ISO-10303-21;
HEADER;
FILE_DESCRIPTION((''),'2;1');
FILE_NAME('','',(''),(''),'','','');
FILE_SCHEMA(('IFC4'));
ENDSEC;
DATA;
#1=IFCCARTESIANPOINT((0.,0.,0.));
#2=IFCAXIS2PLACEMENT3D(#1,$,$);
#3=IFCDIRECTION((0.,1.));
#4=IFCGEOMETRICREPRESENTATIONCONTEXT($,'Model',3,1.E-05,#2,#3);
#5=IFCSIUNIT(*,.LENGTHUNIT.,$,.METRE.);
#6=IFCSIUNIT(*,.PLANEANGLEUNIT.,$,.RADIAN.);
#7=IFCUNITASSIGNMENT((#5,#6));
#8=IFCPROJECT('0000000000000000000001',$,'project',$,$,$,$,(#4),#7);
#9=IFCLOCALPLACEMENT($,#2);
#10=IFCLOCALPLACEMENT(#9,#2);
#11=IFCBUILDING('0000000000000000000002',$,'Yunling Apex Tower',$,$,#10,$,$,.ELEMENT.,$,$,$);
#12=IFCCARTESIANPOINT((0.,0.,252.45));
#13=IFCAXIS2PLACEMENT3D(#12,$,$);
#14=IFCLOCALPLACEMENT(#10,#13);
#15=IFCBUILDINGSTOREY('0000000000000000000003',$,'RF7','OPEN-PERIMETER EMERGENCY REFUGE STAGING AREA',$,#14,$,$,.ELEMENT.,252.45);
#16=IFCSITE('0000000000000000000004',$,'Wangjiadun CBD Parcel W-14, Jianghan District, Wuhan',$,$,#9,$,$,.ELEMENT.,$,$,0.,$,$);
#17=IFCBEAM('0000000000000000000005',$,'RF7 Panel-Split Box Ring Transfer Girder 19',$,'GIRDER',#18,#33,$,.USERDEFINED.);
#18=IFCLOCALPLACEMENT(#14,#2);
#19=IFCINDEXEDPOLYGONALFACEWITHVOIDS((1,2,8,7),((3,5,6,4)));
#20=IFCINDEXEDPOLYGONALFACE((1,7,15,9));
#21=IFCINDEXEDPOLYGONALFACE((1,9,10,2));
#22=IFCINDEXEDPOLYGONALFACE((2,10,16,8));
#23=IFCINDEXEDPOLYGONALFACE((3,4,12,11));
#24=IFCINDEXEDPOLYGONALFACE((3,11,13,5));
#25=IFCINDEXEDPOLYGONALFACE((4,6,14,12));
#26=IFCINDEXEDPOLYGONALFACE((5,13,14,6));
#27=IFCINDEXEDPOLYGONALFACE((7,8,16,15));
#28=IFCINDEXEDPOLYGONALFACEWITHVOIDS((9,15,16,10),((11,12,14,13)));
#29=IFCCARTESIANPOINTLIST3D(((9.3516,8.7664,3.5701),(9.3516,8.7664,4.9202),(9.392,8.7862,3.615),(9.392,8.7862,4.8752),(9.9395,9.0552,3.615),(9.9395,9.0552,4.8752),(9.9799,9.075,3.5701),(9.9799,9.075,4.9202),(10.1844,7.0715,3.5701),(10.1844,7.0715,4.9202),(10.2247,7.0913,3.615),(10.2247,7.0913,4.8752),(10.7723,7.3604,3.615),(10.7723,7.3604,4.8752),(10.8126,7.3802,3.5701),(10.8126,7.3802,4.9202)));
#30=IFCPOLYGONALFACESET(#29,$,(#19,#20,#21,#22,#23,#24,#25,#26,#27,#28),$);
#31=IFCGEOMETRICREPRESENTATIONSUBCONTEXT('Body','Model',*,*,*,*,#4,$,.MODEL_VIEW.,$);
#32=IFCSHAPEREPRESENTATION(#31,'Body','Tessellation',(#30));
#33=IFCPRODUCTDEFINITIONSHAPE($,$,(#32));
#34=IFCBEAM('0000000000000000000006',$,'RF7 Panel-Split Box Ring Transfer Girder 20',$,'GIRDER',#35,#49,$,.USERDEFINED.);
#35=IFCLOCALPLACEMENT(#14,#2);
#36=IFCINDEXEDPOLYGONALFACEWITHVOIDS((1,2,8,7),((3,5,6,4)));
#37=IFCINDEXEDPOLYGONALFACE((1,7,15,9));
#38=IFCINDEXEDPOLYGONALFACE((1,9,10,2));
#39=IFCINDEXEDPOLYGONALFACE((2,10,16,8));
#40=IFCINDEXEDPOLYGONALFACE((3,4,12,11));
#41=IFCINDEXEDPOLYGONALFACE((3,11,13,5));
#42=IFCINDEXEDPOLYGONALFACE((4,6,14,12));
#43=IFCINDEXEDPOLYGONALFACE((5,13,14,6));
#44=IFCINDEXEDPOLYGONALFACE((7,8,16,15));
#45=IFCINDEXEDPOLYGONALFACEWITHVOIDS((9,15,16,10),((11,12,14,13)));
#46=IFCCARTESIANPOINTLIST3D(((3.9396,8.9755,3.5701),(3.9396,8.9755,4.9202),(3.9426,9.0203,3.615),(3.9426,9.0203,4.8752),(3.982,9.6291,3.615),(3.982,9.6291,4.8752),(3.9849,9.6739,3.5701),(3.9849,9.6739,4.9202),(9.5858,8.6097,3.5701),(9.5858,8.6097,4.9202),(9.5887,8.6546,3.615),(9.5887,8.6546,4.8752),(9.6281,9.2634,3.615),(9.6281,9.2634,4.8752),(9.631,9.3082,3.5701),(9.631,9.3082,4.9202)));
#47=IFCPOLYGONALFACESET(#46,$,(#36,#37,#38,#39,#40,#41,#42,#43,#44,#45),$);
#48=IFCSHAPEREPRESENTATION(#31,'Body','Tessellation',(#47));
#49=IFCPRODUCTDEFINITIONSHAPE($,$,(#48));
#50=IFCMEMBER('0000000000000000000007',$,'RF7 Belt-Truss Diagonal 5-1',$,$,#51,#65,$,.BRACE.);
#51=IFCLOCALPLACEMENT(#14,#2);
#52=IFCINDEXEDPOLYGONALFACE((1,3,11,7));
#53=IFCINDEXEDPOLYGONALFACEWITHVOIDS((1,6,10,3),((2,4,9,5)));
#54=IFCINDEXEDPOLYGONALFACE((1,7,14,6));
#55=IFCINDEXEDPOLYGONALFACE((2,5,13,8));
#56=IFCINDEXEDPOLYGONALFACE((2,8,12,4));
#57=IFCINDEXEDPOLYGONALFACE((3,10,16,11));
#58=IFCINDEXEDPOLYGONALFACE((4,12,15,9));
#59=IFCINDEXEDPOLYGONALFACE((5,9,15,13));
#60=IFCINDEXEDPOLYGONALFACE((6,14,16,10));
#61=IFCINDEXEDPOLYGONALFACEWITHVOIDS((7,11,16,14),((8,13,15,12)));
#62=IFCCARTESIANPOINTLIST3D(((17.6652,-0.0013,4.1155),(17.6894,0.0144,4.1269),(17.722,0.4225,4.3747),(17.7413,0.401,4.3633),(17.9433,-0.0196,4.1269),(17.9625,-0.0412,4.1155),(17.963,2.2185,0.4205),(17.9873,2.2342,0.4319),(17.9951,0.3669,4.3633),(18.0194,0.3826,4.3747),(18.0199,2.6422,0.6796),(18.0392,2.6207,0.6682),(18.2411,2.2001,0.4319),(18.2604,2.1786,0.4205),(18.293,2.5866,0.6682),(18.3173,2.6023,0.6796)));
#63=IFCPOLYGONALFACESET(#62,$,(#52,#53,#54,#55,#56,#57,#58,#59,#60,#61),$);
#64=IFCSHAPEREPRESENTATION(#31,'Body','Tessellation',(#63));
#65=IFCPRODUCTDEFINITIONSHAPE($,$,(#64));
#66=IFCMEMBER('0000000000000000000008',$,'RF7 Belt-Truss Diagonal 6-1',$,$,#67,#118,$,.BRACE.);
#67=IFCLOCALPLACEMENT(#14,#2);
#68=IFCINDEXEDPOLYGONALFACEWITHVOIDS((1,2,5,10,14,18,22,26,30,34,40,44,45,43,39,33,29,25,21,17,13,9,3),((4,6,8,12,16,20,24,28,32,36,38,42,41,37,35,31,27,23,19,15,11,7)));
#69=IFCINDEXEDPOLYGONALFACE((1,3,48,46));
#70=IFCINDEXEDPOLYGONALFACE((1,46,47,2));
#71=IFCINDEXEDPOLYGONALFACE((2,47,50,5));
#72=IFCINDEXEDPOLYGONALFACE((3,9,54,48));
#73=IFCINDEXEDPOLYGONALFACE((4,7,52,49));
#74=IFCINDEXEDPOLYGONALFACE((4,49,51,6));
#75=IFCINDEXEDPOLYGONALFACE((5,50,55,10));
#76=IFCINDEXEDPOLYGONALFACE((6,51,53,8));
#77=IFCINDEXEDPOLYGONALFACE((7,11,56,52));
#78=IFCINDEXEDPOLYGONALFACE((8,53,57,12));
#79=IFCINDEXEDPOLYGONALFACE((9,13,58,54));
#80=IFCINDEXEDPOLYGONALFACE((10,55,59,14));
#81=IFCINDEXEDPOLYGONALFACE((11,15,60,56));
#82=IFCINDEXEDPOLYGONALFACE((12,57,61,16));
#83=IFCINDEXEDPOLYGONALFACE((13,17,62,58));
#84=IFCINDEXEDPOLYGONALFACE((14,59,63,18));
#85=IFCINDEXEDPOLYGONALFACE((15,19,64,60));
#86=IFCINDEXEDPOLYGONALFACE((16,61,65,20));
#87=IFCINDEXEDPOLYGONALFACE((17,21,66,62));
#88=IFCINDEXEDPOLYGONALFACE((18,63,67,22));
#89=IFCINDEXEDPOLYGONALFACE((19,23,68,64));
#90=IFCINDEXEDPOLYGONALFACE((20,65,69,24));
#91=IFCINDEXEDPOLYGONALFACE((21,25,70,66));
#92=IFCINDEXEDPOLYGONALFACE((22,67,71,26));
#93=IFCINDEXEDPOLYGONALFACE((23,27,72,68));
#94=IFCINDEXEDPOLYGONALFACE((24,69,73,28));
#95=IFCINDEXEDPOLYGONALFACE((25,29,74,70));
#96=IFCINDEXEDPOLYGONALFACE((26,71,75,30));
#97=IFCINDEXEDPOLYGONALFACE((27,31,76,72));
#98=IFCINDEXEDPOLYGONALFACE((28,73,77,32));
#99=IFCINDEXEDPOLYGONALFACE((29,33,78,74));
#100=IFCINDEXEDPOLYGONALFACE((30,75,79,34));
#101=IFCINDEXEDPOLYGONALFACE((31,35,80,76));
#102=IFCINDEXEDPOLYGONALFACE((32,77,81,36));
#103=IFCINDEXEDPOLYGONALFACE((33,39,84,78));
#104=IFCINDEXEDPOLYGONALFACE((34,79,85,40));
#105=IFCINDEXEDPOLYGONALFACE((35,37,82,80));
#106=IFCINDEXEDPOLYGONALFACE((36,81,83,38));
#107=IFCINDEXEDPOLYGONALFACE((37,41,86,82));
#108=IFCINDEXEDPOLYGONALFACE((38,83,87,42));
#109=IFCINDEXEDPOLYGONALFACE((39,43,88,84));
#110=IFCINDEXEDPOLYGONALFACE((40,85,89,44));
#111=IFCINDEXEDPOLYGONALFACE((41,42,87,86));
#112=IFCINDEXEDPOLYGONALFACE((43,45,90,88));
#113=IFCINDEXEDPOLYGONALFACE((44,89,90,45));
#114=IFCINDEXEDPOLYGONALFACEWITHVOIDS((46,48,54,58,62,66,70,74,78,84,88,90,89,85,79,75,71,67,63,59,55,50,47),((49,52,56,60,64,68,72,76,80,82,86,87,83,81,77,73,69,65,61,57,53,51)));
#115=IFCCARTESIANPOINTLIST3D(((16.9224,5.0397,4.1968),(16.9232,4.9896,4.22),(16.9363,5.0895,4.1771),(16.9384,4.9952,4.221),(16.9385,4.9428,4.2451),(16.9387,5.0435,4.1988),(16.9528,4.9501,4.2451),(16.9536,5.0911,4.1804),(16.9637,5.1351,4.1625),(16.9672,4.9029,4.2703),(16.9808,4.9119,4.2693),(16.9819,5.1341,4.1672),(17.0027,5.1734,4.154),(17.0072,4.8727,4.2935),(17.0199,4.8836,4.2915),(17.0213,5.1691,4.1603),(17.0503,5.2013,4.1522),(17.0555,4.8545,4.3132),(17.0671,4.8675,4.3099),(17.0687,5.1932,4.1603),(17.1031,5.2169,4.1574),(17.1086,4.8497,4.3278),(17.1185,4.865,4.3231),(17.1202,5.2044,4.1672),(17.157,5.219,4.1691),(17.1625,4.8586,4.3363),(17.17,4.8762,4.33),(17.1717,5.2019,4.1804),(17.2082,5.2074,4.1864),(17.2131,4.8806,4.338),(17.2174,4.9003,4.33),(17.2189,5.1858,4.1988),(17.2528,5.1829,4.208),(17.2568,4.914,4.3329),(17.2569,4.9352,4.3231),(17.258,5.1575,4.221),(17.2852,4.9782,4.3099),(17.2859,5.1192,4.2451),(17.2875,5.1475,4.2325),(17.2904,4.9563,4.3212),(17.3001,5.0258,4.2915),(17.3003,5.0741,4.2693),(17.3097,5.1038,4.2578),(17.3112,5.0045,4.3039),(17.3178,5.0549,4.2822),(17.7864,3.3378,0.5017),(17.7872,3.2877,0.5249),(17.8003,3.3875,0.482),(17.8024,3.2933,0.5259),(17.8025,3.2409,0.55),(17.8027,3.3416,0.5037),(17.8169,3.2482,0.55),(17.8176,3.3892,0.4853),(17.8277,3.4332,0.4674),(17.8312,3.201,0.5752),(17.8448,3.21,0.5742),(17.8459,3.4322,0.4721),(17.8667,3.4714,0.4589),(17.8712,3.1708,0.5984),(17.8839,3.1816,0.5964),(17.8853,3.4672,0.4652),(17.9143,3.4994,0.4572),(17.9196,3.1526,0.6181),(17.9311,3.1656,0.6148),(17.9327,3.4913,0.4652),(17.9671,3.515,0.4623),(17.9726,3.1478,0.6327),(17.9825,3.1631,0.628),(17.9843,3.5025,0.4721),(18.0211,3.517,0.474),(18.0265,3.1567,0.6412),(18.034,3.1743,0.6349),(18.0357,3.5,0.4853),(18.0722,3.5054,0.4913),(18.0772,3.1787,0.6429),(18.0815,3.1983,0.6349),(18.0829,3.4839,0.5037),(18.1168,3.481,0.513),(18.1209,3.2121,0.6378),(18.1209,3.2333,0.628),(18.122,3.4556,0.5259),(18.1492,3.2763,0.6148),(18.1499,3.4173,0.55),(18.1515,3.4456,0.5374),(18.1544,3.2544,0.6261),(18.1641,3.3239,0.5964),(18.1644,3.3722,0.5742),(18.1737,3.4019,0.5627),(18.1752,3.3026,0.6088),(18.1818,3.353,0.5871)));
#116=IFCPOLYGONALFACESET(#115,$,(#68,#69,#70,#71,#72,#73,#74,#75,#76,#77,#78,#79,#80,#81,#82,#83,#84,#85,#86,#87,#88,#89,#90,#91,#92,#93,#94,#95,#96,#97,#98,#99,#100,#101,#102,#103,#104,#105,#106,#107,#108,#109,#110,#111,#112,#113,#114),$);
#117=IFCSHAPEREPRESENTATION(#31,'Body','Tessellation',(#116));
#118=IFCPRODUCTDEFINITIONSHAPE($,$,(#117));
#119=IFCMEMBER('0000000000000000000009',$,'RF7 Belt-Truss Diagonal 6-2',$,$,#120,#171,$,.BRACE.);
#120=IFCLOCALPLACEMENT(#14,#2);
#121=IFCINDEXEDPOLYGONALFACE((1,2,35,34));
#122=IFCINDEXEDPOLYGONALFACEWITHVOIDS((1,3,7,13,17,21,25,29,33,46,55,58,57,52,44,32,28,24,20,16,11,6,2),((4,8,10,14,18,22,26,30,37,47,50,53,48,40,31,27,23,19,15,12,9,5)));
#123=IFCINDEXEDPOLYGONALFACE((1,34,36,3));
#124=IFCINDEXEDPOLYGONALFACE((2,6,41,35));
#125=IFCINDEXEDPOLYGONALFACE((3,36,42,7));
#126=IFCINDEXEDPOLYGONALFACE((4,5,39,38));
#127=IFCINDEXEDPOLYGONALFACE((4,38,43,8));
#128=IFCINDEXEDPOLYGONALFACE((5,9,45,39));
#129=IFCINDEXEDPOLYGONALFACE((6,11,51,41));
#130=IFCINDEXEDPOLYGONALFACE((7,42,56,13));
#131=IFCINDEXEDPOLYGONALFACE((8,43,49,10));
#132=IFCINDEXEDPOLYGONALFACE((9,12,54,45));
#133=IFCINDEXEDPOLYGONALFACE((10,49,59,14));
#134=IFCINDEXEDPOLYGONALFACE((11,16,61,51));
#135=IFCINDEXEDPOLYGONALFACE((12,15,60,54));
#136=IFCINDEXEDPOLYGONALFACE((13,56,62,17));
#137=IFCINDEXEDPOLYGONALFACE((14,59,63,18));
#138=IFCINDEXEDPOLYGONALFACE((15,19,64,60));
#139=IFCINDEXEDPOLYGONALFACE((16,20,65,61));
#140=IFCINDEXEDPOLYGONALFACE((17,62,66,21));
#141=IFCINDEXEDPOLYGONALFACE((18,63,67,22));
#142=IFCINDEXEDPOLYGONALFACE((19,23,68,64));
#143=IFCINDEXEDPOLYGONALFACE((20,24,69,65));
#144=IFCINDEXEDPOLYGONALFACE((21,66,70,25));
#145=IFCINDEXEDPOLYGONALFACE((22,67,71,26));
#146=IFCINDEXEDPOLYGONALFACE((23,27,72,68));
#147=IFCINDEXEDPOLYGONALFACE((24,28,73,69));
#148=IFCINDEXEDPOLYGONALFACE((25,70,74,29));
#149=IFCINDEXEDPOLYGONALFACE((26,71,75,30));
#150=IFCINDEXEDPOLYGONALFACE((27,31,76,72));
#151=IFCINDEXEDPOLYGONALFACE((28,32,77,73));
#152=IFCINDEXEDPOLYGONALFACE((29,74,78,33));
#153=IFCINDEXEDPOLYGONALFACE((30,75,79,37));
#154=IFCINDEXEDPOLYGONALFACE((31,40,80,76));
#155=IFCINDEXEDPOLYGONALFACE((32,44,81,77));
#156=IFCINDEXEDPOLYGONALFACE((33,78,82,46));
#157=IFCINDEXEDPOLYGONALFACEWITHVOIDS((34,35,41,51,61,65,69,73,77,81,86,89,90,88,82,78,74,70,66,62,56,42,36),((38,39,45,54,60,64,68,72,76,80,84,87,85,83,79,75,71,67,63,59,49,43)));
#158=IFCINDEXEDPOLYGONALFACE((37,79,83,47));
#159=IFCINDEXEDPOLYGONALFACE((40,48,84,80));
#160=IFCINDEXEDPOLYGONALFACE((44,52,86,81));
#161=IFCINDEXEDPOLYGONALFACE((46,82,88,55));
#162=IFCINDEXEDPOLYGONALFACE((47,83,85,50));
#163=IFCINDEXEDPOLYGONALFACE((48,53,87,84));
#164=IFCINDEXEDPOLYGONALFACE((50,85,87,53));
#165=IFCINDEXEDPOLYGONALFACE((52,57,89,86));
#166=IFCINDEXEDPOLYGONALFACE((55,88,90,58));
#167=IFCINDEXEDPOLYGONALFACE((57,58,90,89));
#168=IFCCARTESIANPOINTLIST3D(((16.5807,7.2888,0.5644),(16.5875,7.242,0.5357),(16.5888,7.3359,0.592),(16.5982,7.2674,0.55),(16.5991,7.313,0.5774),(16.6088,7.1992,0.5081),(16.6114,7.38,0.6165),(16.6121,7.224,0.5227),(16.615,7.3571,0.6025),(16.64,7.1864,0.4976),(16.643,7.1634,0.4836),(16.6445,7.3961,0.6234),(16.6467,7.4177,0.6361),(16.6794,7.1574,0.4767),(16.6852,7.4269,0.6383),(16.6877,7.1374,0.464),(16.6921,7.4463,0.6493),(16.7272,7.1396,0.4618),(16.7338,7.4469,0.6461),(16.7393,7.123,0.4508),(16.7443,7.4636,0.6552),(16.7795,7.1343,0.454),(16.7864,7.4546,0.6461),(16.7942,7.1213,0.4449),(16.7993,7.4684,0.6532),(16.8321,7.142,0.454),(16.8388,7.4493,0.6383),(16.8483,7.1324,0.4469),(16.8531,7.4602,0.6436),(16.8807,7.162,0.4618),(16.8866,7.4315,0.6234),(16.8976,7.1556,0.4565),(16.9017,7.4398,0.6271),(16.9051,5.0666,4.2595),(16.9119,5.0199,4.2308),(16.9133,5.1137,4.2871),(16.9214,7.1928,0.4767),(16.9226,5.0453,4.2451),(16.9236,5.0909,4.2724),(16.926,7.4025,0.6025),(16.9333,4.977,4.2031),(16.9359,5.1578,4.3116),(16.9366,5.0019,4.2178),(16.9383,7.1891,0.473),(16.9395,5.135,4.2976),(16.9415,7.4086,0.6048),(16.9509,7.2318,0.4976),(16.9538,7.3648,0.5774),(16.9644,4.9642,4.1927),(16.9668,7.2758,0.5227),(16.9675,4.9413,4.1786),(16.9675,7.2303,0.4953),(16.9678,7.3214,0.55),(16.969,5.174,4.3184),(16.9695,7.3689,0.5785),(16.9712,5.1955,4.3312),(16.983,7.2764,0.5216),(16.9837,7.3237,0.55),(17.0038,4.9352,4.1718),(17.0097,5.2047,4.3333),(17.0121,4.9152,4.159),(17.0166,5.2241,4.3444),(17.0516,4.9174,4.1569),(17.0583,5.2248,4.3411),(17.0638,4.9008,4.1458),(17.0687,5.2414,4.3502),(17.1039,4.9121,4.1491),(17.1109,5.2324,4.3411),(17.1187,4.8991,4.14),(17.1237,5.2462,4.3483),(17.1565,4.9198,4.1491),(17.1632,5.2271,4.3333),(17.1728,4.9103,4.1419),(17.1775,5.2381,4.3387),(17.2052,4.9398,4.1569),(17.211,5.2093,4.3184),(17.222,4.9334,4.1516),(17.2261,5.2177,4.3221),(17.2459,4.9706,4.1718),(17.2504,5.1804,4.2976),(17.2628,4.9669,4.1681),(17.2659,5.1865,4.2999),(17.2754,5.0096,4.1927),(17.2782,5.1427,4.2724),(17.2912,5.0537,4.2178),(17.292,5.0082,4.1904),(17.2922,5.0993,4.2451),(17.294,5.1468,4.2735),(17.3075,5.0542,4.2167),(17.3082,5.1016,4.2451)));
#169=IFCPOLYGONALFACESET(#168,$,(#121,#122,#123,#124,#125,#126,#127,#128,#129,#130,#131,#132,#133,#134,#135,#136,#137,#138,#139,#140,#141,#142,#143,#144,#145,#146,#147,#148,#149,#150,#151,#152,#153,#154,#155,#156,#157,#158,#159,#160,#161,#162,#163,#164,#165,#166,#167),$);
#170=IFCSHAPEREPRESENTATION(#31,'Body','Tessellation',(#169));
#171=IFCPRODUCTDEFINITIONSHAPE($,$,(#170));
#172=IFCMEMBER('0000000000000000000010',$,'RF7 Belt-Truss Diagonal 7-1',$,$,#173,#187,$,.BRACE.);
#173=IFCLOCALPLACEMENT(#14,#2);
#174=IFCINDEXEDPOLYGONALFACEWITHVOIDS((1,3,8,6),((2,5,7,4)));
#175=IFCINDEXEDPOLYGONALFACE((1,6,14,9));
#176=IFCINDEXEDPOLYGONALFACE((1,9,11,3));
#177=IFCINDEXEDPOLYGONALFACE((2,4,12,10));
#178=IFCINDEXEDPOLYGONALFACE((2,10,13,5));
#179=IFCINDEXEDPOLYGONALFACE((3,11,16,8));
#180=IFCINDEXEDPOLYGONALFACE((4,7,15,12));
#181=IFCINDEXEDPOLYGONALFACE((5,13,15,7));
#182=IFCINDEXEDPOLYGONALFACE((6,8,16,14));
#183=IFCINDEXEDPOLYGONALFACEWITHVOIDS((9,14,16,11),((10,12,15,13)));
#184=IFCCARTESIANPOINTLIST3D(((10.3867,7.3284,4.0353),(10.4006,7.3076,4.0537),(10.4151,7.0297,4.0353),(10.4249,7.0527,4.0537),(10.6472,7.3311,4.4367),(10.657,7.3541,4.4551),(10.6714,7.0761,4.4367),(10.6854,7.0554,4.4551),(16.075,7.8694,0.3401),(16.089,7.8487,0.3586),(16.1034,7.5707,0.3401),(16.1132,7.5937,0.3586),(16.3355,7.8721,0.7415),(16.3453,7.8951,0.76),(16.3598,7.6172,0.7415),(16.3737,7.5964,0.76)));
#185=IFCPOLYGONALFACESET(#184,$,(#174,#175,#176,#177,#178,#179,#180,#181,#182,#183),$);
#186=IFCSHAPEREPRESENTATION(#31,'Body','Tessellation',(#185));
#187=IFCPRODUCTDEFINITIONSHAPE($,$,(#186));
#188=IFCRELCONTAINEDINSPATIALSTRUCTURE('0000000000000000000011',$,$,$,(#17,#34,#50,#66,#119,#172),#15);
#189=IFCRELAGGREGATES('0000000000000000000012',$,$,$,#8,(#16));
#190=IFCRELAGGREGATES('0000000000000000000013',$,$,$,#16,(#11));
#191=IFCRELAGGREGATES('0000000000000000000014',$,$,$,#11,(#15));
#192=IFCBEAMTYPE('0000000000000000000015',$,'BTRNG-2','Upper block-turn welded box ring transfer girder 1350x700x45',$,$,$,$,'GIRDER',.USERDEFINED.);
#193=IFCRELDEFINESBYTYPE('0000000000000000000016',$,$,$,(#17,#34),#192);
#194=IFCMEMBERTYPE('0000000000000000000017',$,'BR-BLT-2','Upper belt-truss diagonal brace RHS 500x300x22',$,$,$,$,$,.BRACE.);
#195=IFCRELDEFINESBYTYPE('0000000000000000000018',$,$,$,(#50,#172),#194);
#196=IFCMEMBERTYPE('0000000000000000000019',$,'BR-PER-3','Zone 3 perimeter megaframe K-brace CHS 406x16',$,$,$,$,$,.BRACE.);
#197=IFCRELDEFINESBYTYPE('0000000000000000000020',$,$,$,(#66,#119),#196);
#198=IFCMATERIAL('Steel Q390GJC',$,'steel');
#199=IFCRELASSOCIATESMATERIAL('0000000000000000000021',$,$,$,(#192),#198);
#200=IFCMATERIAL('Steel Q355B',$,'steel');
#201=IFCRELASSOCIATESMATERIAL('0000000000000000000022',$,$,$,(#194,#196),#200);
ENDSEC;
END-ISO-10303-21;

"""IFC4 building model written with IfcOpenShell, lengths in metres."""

from ifc_helpers import new_model, si_unit, direction, frame, origin, origin_2d, place, context, subcontext, project, spatial, hollow_rectangle, hollow_circle, extrude, source, transform, mapped, material, material_profile, profile_set, type_object, element, save


model = new_model("IFC4")

# Units and contexts
model_context = context("Model", 3, precision=1e-05, world=origin(), true_north=direction((0.0, 1.0)))
body_context = subcontext(model_context, "Body", "Model", "MODEL_VIEW")
ifc_project = project(units=[si_unit("LENGTHUNIT", "METRE"), si_unit("PLANEANGLEUNIT", "RADIAN")], contexts=[model_context])

# Site, building, storey
site_placement = place(None, origin())
site = spatial("IfcSite", under=ifc_project, at=site_placement, Name="Wangjiadun CBD Parcel W-14, Jianghan District, Wuhan", CompositionType="ELEMENT", RefElevation=0.0)
building_placement = place(site_placement, origin())
building = spatial("IfcBuilding", under=site, at=building_placement, Name="Yunling Apex Tower", CompositionType="ELEMENT")
storey_placement = place(building_placement, frame((0.0, 0.0, 252.45)))
storey = spatial("IfcBuildingStorey", under=building, at=storey_placement, Name="RF7", Description="OPEN-PERIMETER EMERGENCY REFUGE STAGING AREA", CompositionType="ELEMENT", Elevation=252.45)

# Shared definitions
ifc_material_1 = material(Name="Steel Q390GJC", Category="steel")

# Shared definitions
ifc_material_2 = material(Name="Steel Q355B", Category="steel")

# Beams
ifc_material_profile_1 = material_profile(ifc_material_1, hollow_rectangle(XDim=0.7, YDim=1.3501, WallThickness=0.0449, at=origin_2d()))
ifc_profile_set_1 = profile_set([ifc_material_profile_1], Name="Steel Q390GJC")
beam_type = type_object("IfcBeamType", Name="BTRNG-2", Description="Upper block-turn welded box ring transfer girder 1350x700x45", ElementType="GIRDER", PredefinedType="USERDEFINED", material=ifc_profile_set_1)
shared_shape_1 = source(origin(), body_context, "Body", "SweptSolid", [
    extrude(hollow_rectangle(XDim=0.7, YDim=1.3501, WallThickness=0.0449, at=origin_2d()), origin(), (0.0, 0.0, 1.0), 1.8884),
])
beam_1_placement = place(storey_placement, frame((10.4985, 7.2258, 4.2451), z_axis=(-0.440997, 0.897509, 0.0), x_axis=(-0.897509, -0.440997, 0.0)))
element("IfcBeam", 1, at=beam_1_placement, inside=storey, type_object=beam_type, Name="RF7 Panel-Split Box Ring Transfer Girder 19", ObjectType="GIRDER", PredefinedType="USERDEFINED", context=body_context, shape_type="MappedRepresentation", body=[
    mapped(shared_shape_1, transform((0.0, 0.0, 0.0), scale=1.0)),
])
shared_shape_2 = source(origin(), body_context, "Body", "SweptSolid", [
    extrude(hollow_rectangle(XDim=0.7, YDim=1.3501, WallThickness=0.0449, at=origin_2d()), origin(), (0.0, 0.0, 1.0), 5.658),
])
beam_2_placement = place(storey_placement, frame((9.6084, 8.959, 4.2451), z_axis=(-0.997909, 0.064637, 0.0), x_axis=(-0.064637, -0.997909, 0.0)))
element("IfcBeam", 2, at=beam_2_placement, inside=storey, type_object=beam_type, Name="RF7 Panel-Split Box Ring Transfer Girder 20", ObjectType="GIRDER", PredefinedType="USERDEFINED", context=body_context, shape_type="MappedRepresentation", body=[
    mapped(shared_shape_2, transform((0.0, 0.0, 0.0), scale=1.0)),
])

# Members
ifc_material_profile_2 = material_profile(ifc_material_2, hollow_rectangle(XDim=0.3, YDim=0.5, WallThickness=0.022, at=origin_2d()))
ifc_profile_set_2 = profile_set([ifc_material_profile_2], Name="Steel Q355B")
member_type_1 = type_object("IfcMemberType", Name="BR-BLT-2", Description="Upper belt-truss diagonal brace RHS 500x300x22", PredefinedType="BRACE", material=ifc_profile_set_2)
shared_shape_3 = source(origin(), body_context, "Body", "SweptSolid", [
    extrude(hollow_rectangle(XDim=0.3, YDim=0.5, WallThickness=0.022, at=origin_2d()), origin(), (0.0, 0.0, 1.0), 4.3208),
])
member_1_placement = place(storey_placement, frame((18.1401, 2.4104, 0.55), z_axis=(-0.068934, -0.513729, 0.855179), x_axis=(0.991117, -0.132992, 0.0)))
element("IfcMember", 3, at=member_1_placement, inside=storey, type_object=member_type_1, Name="RF7 Belt-Truss Diagonal 5-1", PredefinedType="BRACE", context=body_context, shape_type="MappedRepresentation", body=[
    mapped(shared_shape_3, transform((0.0, 0.0, 0.0), scale=1.0)),
])
ifc_material_profile_3 = material_profile(ifc_material_2, hollow_circle(Radius=0.2029, WallThickness=0.0161, at=origin_2d()))
ifc_profile_set_3 = profile_set([ifc_material_profile_3], Name="Steel Q355B")
member_type_2 = type_object("IfcMemberType", Name="BR-PER-3", Description="Zone 3 perimeter megaframe K-brace CHS 406x16", PredefinedType="BRACE", material=ifc_profile_set_3)
shared_shape_4 = source(origin(), body_context, "Body", "SweptSolid", [
    extrude(hollow_circle(Radius=0.2029, WallThickness=0.0161, at=origin_2d()), origin(), (0.0, 0.0, 1.0), 4.1589),
])
member_2_placement = place(storey_placement, frame((17.9834, 3.3328, 0.55), z_axis=(-0.20775, 0.409219, 0.88847), x_axis=(-0.891673, -0.45268, 0.0)))
element("IfcMember", 4, at=member_2_placement, inside=storey, type_object=member_type_2, Name="RF7 Belt-Truss Diagonal 6-1", PredefinedType="BRACE", context=body_context, shape_type="MappedRepresentation", body=[
    mapped(shared_shape_4, transform((0.0, 0.0, 0.0), scale=1.0)),
])
shared_shape_5 = source(origin(), body_context, "Body", "SweptSolid", [
    extrude(hollow_circle(Radius=0.2029, WallThickness=0.0161, at=origin_2d()), origin(), (0.0, 0.0, 1.0), 4.324),
])
member_3_placement = place(storey_placement, frame((16.783, 7.2944, 0.55), z_axis=(0.075038, -0.513917, 0.854552), x_axis=(0.989508, 0.14448, 0.0)))
element("IfcMember", 5, at=member_3_placement, inside=storey, type_object=member_type_2, Name="RF7 Belt-Truss Diagonal 6-2", PredefinedType="BRACE", context=body_context, shape_type="MappedRepresentation", body=[
    mapped(shared_shape_5, transform((0.0, 0.0, 0.0), scale=1.0)),
])
shared_shape_6 = source(origin(), body_context, "Body", "SweptSolid", [
    extrude(hollow_rectangle(XDim=0.3, YDim=0.5, WallThickness=0.022, at=origin_2d()), origin(), (0.0, 0.0, 1.0), 6.8047),
])
member_4_placement = place(storey_placement, frame((16.2244, 7.7329, 0.55), z_axis=(-0.835943, -0.079508, 0.543027), x_axis=(0.094684, -0.995507, 0.0)))
element("IfcMember", 6, at=member_4_placement, inside=storey, type_object=member_type_1, Name="RF7 Belt-Truss Diagonal 7-1", PredefinedType="BRACE", context=body_context, shape_type="MappedRepresentation", body=[
    mapped(shared_shape_6, transform((0.0, 0.0, 0.0), scale=1.0)),
])

save(model, "model.ifc")
